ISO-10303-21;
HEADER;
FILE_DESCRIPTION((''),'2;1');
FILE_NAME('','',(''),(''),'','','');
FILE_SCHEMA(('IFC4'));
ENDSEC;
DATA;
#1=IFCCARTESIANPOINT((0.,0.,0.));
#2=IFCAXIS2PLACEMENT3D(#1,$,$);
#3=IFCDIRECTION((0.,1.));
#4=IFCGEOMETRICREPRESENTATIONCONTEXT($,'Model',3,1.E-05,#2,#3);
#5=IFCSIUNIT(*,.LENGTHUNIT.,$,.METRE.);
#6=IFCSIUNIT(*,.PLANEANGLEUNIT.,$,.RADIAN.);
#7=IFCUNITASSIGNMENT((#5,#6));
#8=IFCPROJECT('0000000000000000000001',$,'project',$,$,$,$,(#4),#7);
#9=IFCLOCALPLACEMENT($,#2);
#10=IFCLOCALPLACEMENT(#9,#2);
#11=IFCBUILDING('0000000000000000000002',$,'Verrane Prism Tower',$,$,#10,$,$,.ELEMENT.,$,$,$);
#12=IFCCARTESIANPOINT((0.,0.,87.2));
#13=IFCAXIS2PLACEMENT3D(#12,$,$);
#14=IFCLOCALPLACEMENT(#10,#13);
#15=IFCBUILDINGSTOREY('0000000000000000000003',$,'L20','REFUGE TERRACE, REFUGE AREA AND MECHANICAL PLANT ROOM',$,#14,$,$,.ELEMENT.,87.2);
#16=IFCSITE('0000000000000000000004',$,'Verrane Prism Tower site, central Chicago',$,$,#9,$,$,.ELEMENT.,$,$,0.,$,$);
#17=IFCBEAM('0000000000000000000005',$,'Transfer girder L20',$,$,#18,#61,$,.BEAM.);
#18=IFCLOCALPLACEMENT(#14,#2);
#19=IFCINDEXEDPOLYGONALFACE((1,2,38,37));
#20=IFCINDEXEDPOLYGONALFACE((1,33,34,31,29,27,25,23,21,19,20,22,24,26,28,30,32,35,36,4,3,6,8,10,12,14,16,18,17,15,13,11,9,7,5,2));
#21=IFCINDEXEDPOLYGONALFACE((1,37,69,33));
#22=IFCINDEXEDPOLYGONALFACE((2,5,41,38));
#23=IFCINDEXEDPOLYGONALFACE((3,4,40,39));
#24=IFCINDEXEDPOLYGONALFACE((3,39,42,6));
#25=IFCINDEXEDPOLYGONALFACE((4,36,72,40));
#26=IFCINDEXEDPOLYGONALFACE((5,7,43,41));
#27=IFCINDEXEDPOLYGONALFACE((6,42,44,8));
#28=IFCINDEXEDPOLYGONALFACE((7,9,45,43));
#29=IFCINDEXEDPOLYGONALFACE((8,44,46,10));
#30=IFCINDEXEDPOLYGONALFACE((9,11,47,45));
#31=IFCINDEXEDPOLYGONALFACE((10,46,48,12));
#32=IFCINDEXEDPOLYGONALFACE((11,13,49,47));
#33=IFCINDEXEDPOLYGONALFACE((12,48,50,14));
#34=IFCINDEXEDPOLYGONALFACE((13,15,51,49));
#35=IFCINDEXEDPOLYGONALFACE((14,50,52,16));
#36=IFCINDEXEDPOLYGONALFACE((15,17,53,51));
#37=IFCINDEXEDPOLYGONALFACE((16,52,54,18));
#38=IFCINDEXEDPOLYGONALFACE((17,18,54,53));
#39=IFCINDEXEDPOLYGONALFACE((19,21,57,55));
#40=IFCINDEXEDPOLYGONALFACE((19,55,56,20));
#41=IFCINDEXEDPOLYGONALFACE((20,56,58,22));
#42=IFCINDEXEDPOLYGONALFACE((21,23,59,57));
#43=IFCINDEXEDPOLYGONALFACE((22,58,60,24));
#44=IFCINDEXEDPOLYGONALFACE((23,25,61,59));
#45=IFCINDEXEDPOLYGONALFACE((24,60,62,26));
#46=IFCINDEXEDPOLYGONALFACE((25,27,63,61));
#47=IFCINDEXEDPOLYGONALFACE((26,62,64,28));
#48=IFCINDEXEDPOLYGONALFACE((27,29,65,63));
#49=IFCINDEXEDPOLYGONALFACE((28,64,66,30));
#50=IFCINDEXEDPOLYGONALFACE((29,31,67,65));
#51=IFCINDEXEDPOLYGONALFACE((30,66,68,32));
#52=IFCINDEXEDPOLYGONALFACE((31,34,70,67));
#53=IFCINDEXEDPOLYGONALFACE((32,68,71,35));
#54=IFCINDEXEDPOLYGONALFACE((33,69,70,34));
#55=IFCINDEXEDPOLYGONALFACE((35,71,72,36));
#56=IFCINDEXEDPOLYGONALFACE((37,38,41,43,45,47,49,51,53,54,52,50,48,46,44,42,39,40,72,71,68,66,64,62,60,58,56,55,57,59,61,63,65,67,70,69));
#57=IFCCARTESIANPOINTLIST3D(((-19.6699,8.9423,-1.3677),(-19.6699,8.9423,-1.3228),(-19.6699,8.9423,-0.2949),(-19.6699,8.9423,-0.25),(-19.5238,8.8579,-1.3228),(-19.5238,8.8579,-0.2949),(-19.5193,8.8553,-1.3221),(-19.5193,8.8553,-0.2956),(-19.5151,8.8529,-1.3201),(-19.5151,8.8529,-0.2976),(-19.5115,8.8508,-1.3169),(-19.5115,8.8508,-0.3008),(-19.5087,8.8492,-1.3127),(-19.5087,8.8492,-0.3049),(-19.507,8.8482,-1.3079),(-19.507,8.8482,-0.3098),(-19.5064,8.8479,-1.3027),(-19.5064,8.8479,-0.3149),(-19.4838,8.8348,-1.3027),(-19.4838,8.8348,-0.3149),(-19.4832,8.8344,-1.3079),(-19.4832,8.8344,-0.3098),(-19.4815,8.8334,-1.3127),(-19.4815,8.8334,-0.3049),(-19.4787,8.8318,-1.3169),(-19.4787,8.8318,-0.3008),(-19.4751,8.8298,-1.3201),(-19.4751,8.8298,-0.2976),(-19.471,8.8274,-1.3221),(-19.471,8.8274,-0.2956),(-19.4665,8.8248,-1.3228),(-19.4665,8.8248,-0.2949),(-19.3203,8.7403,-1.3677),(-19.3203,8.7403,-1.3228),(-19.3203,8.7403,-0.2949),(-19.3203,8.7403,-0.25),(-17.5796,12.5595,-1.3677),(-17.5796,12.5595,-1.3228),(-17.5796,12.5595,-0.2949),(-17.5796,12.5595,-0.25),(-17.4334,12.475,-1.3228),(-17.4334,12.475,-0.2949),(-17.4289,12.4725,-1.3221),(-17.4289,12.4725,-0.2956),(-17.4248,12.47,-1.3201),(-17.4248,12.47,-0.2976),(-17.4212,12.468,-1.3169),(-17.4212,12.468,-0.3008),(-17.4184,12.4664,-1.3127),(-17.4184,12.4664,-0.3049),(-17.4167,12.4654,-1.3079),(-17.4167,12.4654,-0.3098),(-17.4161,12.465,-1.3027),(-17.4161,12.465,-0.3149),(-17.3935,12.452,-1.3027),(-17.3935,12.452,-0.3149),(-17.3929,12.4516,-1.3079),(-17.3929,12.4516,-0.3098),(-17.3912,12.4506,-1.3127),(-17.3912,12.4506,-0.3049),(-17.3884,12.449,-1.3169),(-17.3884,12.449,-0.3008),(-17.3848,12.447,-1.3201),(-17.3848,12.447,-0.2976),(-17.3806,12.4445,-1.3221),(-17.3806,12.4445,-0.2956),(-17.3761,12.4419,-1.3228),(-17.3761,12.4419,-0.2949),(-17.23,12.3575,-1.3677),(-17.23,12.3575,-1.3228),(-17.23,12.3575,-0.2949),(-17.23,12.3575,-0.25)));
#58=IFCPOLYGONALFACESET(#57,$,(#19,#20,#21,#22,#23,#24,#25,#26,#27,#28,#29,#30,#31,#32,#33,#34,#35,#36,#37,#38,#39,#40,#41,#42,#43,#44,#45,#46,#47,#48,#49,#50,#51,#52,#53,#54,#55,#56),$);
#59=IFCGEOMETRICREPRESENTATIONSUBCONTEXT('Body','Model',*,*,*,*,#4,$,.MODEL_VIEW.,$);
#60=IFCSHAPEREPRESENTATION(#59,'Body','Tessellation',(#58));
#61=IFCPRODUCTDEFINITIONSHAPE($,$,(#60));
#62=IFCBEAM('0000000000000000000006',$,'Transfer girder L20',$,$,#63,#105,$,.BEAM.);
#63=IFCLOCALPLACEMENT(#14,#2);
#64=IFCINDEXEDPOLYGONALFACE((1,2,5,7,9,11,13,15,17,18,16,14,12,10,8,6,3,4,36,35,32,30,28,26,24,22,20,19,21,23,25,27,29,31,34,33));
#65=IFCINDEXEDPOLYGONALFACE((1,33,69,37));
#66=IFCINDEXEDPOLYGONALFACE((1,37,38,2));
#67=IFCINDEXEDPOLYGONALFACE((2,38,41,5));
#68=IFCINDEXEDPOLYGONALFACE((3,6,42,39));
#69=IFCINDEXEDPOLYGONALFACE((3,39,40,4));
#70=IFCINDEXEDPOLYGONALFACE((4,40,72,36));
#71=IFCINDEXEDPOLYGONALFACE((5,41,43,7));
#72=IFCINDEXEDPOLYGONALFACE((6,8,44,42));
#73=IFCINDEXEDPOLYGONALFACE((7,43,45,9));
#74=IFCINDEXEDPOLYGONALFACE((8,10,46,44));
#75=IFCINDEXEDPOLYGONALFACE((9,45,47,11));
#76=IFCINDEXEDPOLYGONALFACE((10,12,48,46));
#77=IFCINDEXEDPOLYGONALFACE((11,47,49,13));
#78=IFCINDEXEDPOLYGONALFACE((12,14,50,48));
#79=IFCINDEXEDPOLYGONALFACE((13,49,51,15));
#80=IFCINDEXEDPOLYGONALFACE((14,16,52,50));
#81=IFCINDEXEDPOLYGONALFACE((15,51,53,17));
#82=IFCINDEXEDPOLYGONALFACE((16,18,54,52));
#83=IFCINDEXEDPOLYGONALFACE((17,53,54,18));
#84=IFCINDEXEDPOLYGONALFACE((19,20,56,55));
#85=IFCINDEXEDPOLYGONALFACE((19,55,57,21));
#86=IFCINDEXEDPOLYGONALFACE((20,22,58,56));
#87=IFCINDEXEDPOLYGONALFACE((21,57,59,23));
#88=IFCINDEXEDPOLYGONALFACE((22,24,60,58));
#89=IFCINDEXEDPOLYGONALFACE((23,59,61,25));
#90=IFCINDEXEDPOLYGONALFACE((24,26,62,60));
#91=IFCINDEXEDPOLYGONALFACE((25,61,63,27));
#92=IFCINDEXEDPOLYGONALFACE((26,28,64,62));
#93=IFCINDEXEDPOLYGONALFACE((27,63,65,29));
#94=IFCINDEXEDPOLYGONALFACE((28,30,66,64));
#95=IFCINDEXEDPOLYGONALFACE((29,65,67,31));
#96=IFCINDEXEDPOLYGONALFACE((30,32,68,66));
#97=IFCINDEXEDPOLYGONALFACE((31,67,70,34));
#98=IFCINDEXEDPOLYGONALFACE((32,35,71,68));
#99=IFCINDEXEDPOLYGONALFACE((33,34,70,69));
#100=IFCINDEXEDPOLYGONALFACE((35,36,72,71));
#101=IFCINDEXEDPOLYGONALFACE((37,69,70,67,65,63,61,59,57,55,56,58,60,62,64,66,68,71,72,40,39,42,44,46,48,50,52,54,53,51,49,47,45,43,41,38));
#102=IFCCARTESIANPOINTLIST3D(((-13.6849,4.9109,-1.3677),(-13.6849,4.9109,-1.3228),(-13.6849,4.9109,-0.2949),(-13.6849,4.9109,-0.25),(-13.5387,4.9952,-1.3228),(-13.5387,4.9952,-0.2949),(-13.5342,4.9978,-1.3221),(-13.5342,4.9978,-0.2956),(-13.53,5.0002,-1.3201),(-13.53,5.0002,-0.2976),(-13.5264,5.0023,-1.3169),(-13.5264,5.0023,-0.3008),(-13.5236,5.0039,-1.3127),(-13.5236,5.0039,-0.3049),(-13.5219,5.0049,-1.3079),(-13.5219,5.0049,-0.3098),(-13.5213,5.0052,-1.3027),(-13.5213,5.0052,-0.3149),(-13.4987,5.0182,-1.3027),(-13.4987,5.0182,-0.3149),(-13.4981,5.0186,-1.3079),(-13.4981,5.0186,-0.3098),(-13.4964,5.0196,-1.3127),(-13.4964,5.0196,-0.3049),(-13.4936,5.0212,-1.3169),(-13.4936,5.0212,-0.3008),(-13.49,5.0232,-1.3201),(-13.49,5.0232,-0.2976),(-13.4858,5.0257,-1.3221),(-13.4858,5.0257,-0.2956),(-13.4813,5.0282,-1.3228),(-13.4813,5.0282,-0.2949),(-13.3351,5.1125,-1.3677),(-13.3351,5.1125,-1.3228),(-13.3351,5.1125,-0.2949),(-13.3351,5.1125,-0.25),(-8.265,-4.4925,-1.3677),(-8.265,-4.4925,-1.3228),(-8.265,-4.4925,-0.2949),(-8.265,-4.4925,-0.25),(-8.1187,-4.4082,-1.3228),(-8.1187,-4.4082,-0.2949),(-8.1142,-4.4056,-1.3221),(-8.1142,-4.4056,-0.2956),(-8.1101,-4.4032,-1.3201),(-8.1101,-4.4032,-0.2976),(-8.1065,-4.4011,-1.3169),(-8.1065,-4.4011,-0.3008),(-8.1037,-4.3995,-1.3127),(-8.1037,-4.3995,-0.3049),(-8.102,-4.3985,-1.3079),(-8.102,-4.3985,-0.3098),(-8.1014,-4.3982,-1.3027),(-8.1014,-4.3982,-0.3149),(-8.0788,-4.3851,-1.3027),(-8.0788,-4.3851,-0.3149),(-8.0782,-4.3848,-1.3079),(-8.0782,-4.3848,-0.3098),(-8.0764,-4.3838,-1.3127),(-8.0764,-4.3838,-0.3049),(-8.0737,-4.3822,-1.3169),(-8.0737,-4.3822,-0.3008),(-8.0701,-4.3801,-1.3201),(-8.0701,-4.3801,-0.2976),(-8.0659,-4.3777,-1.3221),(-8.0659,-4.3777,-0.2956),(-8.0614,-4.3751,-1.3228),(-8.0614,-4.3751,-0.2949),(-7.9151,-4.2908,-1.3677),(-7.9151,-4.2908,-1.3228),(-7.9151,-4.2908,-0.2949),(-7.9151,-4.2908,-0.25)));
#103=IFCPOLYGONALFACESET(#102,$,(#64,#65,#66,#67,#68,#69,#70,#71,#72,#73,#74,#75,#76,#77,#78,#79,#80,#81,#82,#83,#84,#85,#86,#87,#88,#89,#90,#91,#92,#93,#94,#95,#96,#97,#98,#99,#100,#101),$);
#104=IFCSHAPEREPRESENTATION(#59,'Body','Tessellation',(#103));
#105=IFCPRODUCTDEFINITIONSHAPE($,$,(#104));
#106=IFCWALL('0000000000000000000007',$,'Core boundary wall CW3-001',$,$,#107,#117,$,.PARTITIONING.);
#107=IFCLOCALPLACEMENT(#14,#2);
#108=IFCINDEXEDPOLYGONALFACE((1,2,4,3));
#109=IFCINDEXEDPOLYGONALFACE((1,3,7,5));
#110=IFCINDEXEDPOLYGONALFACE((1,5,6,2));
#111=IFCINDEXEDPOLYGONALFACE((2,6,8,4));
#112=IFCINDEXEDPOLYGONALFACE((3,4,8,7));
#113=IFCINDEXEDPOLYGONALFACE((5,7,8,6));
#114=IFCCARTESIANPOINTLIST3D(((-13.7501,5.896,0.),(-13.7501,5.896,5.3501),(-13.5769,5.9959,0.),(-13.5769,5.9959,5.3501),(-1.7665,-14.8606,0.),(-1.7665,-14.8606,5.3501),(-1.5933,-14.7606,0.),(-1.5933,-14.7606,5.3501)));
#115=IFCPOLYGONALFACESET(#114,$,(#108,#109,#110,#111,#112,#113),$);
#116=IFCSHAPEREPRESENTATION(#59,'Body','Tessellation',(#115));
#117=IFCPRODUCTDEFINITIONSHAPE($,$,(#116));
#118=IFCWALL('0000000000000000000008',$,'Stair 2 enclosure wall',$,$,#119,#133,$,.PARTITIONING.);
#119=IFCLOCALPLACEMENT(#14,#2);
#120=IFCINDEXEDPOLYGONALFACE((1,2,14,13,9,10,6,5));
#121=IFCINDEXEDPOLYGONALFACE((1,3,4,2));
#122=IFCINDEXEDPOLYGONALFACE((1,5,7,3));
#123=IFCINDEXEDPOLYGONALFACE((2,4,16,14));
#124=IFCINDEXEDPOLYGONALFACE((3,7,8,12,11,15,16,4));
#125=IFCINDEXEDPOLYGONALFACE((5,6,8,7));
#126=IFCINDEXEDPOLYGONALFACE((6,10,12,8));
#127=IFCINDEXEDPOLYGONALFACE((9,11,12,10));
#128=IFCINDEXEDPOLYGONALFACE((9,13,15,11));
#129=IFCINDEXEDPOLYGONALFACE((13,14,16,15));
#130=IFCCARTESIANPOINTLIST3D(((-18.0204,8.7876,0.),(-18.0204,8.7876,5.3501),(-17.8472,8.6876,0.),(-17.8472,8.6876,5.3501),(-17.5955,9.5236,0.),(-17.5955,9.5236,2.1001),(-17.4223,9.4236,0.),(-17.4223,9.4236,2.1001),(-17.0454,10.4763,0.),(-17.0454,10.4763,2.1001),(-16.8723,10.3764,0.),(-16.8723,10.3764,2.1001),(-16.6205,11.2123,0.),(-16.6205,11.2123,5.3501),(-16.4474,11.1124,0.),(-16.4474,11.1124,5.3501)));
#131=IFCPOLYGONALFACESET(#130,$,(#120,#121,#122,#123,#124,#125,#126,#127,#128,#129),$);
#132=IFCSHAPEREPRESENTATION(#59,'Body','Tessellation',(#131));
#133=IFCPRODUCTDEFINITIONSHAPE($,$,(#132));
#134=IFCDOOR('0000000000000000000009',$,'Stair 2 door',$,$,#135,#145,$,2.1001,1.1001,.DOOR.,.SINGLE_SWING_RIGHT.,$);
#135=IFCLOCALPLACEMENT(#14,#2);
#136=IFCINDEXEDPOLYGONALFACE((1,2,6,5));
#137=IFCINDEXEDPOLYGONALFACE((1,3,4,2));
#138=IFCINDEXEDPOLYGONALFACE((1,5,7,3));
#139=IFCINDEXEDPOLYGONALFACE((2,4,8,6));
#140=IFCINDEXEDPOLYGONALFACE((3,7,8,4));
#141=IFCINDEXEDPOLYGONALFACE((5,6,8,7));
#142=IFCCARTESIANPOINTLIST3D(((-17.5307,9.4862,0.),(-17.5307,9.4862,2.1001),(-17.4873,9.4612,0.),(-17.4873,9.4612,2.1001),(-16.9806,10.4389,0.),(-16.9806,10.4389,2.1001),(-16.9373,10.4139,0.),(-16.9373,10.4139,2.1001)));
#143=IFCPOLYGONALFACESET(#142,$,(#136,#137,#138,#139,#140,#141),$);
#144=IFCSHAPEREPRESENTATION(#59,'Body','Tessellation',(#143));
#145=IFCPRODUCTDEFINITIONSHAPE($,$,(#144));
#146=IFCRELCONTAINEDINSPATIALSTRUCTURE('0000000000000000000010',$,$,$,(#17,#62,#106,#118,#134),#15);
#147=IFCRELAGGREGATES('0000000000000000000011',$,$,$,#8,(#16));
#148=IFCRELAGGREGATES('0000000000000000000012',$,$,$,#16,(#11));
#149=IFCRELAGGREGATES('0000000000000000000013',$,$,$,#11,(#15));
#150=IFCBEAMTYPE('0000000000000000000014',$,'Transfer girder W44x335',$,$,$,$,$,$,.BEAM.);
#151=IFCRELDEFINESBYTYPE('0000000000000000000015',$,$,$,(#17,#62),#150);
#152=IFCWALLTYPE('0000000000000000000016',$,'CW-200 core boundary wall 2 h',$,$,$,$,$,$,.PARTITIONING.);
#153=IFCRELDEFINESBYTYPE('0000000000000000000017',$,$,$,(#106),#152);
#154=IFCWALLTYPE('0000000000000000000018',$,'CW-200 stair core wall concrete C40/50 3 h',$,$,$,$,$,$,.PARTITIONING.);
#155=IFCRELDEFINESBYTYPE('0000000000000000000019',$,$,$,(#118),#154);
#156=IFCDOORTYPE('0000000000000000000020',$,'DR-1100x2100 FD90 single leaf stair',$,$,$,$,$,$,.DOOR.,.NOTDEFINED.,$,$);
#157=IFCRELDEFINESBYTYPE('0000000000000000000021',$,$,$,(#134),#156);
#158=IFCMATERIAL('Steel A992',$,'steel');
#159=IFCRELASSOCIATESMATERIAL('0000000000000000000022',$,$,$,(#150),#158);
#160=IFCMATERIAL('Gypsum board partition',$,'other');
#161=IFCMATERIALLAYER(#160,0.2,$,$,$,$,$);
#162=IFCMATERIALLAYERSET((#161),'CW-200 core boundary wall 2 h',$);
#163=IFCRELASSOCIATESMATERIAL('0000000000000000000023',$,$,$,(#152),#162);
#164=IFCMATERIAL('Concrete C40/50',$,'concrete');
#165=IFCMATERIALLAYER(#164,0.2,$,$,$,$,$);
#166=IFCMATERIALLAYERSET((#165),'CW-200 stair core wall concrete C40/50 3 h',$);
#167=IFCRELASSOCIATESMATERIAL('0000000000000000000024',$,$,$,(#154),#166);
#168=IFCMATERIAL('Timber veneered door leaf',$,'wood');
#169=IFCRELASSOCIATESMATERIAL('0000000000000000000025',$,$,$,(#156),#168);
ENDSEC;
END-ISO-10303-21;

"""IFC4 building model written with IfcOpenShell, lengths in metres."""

from ifc_helpers import new_model, si_unit, direction, frame, frame_2d, origin, origin_2d, place, context, subcontext, project, spatial, rectangle, i_section, extrude, material, layer, layer_set, material_profile, profile_set, type_object, element, fill, save


model = new_model("IFC4")

# Units and contexts
model_context = context("Model", 3, precision=1e-05, world=origin(), true_north=direction((0.0, 1.0)))
body_context = subcontext(model_context, "Body", "Model", "MODEL_VIEW")
ifc_project = project(units=[si_unit("LENGTHUNIT", "METRE"), si_unit("PLANEANGLEUNIT", "RADIAN")], contexts=[model_context])

# Site, building, storey
site_placement = place(None, origin())
site = spatial("IfcSite", under=ifc_project, at=site_placement, Name="Verrane Prism Tower site, central Chicago", CompositionType="ELEMENT", RefElevation=0.0)
building_placement = place(site_placement, origin())
building = spatial("IfcBuilding", under=site, at=building_placement, Name="Verrane Prism Tower", CompositionType="ELEMENT")
storey_placement = place(building_placement, frame((0.0, 0.0, 87.2)))
storey = spatial("IfcBuildingStorey", under=building, at=storey_placement, Name="L20", Description="REFUGE TERRACE, REFUGE AREA AND MECHANICAL PLANT ROOM", CompositionType="ELEMENT", Elevation=87.2)

# Beams
ifc_material_1 = material(Name="Steel A992", Category="steel")
ifc_material_profile_1 = material_profile(ifc_material_1, i_section(OverallWidth=0.4038, OverallDepth=1.1177, WebThickness=0.0261, FlangeThickness=0.0449, FilletRadius=0.02, at=origin_2d()), Name="W44x335")
ifc_profile_set_1 = profile_set([ifc_material_profile_1], Name="Steel A992")
beam_type_1 = type_object("IfcBeamType", Name="Transfer girder W44x335", PredefinedType="BEAM", material=ifc_profile_set_1)
beam_1_placement = place(storey_placement, frame((-17.4048, 12.4585, -0.8088), z_axis=(-0.50035, -0.865823, 0.0), x_axis=(0.865823, -0.50035, 0.0)))
element("IfcBeam", 1, at=beam_1_placement, inside=storey, type_object=beam_type_1, Name="Transfer girder L20", PredefinedType="BEAM", context=body_context, shape_type="SweptSolid", body=[
    extrude(i_section(OverallWidth=0.4038, OverallDepth=1.1177, WebThickness=0.0261, FlangeThickness=0.0449, FilletRadius=0.02, at=origin_2d()), origin(), (0.0, 0.0, 1.0), 4.1777),
])
beam_2_placement = place(storey_placement, frame((-13.51, 5.0117, -0.8088), z_axis=(0.499372, -0.866388, 0.0), x_axis=(0.866388, 0.499372, 0.0)))
element("IfcBeam", 2, at=beam_2_placement, inside=storey, type_object=beam_type_1, Name="Transfer girder L20", PredefinedType="BEAM", context=body_context, shape_type="SweptSolid", body=[
    extrude(i_section(OverallWidth=0.4038, OverallDepth=1.1177, WebThickness=0.0261, FlangeThickness=0.0449, FilletRadius=0.02, at=origin_2d()), origin(), (0.0, 0.0, 1.0), 10.8535),
])

# Wall
ifc_material_2 = material(Name="Gypsum board partition", Category="other")
ifc_layer_1 = layer(ifc_material_2, 0.2)
ifc_layer_set_1 = layer_set([ifc_layer_1], Name="CW-200 core boundary wall 2 h")
wall_type_1 = type_object("IfcWallType", Name="CW-200 core boundary wall 2 h", PredefinedType="PARTITIONING", material=ifc_layer_set_1)
wall_1_placement = place(storey_placement, frame((-13.6636, 5.946, 0.0), z_axis=(0.0, 0.0, 1.0), x_axis=(0.499994, -0.866029, 0.0)))
element("IfcWall", 3, at=wall_1_placement, inside=storey, type_object=wall_type_1, Name="Core boundary wall CW3-001", PredefinedType="PARTITIONING", context=body_context, shape_type="SweptSolid", body=[
    extrude(rectangle(XDim=23.9675, YDim=0.2, at=frame_2d((11.9839, 0.0))), origin(), (0.0, 0.0, 1.0), 5.3501),
])

# Wall, opening, door
ifc_material_3 = material(Name="Concrete C40/50", Category="concrete")
ifc_layer_2 = layer(ifc_material_3, 0.2)
ifc_layer_set_2 = layer_set([ifc_layer_2], Name="CW-200 stair core wall concrete C40/50 3 h")
wall_type_2 = type_object("IfcWallType", Name="CW-200 stair core wall concrete C40/50 3 h", PredefinedType="PARTITIONING", material=ifc_layer_set_2)
wall_2_placement = place(storey_placement, frame((-16.5339, 11.1624, 0.0), z_axis=(0.0, 0.0, 1.0), x_axis=(-0.499984, -0.866035, 0.0)))
wall_2 = element("IfcWall", 4, at=wall_2_placement, inside=storey, type_object=wall_type_2, Name="Stair 2 enclosure wall", PredefinedType="PARTITIONING", context=body_context, shape_type="SweptSolid", body=[
    extrude(rectangle(XDim=2.7998, YDim=0.2, at=frame_2d((1.3999, 0.0))), origin(), (0.0, 0.0, 1.0), 5.3501),
])
opening_1_placement = place(wall_2_placement, frame((0.8499, 0.0, 0.0)))
opening_1 = element("IfcOpeningElement", 5, at=opening_1_placement, cuts=wall_2, PredefinedType="OPENING", context=body_context, shape_type="SweptSolid", body=[
    extrude(rectangle(XDim=1.1001, YDim=2.1001, at=frame_2d((0.55, 1.05))), frame((0.0, 0.1099, 0.0), z_axis=(0.0, -1.0, 0.0), x_axis=(1.0, 0.0, 0.0)), (0.0, 0.0, 1.0), 0.22),
])
ifc_material_4 = material(Name="Timber veneered door leaf", Category="wood")
door_type_1 = type_object("IfcDoorType", Name="DR-1100x2100 FD90 single leaf stair", OperationType="NOTDEFINED", PredefinedType="DOOR", material=ifc_material_4)
door_1_placement = place(opening_1_placement, origin())
door_1 = element("IfcDoor", 6, at=door_1_placement, inside=storey, type_object=door_type_1, Name="Stair 2 door", OperationType="SINGLE_SWING_RIGHT", OverallHeight=2.1001, OverallWidth=1.1001, PredefinedType="DOOR", context=body_context, shape_type="SweptSolid", body=[
    extrude(rectangle(XDim=1.1001, YDim=2.1001, at=frame_2d((0.55, 1.05))), frame((0.0, 0.0249, 0.0), z_axis=(0.0, -1.0, 0.0), x_axis=(1.0, 0.0, 0.0)), (0.0, 0.0, 1.0), 0.05),
])
fill(opening_1, door_1)

save(model, "model.ifc")
